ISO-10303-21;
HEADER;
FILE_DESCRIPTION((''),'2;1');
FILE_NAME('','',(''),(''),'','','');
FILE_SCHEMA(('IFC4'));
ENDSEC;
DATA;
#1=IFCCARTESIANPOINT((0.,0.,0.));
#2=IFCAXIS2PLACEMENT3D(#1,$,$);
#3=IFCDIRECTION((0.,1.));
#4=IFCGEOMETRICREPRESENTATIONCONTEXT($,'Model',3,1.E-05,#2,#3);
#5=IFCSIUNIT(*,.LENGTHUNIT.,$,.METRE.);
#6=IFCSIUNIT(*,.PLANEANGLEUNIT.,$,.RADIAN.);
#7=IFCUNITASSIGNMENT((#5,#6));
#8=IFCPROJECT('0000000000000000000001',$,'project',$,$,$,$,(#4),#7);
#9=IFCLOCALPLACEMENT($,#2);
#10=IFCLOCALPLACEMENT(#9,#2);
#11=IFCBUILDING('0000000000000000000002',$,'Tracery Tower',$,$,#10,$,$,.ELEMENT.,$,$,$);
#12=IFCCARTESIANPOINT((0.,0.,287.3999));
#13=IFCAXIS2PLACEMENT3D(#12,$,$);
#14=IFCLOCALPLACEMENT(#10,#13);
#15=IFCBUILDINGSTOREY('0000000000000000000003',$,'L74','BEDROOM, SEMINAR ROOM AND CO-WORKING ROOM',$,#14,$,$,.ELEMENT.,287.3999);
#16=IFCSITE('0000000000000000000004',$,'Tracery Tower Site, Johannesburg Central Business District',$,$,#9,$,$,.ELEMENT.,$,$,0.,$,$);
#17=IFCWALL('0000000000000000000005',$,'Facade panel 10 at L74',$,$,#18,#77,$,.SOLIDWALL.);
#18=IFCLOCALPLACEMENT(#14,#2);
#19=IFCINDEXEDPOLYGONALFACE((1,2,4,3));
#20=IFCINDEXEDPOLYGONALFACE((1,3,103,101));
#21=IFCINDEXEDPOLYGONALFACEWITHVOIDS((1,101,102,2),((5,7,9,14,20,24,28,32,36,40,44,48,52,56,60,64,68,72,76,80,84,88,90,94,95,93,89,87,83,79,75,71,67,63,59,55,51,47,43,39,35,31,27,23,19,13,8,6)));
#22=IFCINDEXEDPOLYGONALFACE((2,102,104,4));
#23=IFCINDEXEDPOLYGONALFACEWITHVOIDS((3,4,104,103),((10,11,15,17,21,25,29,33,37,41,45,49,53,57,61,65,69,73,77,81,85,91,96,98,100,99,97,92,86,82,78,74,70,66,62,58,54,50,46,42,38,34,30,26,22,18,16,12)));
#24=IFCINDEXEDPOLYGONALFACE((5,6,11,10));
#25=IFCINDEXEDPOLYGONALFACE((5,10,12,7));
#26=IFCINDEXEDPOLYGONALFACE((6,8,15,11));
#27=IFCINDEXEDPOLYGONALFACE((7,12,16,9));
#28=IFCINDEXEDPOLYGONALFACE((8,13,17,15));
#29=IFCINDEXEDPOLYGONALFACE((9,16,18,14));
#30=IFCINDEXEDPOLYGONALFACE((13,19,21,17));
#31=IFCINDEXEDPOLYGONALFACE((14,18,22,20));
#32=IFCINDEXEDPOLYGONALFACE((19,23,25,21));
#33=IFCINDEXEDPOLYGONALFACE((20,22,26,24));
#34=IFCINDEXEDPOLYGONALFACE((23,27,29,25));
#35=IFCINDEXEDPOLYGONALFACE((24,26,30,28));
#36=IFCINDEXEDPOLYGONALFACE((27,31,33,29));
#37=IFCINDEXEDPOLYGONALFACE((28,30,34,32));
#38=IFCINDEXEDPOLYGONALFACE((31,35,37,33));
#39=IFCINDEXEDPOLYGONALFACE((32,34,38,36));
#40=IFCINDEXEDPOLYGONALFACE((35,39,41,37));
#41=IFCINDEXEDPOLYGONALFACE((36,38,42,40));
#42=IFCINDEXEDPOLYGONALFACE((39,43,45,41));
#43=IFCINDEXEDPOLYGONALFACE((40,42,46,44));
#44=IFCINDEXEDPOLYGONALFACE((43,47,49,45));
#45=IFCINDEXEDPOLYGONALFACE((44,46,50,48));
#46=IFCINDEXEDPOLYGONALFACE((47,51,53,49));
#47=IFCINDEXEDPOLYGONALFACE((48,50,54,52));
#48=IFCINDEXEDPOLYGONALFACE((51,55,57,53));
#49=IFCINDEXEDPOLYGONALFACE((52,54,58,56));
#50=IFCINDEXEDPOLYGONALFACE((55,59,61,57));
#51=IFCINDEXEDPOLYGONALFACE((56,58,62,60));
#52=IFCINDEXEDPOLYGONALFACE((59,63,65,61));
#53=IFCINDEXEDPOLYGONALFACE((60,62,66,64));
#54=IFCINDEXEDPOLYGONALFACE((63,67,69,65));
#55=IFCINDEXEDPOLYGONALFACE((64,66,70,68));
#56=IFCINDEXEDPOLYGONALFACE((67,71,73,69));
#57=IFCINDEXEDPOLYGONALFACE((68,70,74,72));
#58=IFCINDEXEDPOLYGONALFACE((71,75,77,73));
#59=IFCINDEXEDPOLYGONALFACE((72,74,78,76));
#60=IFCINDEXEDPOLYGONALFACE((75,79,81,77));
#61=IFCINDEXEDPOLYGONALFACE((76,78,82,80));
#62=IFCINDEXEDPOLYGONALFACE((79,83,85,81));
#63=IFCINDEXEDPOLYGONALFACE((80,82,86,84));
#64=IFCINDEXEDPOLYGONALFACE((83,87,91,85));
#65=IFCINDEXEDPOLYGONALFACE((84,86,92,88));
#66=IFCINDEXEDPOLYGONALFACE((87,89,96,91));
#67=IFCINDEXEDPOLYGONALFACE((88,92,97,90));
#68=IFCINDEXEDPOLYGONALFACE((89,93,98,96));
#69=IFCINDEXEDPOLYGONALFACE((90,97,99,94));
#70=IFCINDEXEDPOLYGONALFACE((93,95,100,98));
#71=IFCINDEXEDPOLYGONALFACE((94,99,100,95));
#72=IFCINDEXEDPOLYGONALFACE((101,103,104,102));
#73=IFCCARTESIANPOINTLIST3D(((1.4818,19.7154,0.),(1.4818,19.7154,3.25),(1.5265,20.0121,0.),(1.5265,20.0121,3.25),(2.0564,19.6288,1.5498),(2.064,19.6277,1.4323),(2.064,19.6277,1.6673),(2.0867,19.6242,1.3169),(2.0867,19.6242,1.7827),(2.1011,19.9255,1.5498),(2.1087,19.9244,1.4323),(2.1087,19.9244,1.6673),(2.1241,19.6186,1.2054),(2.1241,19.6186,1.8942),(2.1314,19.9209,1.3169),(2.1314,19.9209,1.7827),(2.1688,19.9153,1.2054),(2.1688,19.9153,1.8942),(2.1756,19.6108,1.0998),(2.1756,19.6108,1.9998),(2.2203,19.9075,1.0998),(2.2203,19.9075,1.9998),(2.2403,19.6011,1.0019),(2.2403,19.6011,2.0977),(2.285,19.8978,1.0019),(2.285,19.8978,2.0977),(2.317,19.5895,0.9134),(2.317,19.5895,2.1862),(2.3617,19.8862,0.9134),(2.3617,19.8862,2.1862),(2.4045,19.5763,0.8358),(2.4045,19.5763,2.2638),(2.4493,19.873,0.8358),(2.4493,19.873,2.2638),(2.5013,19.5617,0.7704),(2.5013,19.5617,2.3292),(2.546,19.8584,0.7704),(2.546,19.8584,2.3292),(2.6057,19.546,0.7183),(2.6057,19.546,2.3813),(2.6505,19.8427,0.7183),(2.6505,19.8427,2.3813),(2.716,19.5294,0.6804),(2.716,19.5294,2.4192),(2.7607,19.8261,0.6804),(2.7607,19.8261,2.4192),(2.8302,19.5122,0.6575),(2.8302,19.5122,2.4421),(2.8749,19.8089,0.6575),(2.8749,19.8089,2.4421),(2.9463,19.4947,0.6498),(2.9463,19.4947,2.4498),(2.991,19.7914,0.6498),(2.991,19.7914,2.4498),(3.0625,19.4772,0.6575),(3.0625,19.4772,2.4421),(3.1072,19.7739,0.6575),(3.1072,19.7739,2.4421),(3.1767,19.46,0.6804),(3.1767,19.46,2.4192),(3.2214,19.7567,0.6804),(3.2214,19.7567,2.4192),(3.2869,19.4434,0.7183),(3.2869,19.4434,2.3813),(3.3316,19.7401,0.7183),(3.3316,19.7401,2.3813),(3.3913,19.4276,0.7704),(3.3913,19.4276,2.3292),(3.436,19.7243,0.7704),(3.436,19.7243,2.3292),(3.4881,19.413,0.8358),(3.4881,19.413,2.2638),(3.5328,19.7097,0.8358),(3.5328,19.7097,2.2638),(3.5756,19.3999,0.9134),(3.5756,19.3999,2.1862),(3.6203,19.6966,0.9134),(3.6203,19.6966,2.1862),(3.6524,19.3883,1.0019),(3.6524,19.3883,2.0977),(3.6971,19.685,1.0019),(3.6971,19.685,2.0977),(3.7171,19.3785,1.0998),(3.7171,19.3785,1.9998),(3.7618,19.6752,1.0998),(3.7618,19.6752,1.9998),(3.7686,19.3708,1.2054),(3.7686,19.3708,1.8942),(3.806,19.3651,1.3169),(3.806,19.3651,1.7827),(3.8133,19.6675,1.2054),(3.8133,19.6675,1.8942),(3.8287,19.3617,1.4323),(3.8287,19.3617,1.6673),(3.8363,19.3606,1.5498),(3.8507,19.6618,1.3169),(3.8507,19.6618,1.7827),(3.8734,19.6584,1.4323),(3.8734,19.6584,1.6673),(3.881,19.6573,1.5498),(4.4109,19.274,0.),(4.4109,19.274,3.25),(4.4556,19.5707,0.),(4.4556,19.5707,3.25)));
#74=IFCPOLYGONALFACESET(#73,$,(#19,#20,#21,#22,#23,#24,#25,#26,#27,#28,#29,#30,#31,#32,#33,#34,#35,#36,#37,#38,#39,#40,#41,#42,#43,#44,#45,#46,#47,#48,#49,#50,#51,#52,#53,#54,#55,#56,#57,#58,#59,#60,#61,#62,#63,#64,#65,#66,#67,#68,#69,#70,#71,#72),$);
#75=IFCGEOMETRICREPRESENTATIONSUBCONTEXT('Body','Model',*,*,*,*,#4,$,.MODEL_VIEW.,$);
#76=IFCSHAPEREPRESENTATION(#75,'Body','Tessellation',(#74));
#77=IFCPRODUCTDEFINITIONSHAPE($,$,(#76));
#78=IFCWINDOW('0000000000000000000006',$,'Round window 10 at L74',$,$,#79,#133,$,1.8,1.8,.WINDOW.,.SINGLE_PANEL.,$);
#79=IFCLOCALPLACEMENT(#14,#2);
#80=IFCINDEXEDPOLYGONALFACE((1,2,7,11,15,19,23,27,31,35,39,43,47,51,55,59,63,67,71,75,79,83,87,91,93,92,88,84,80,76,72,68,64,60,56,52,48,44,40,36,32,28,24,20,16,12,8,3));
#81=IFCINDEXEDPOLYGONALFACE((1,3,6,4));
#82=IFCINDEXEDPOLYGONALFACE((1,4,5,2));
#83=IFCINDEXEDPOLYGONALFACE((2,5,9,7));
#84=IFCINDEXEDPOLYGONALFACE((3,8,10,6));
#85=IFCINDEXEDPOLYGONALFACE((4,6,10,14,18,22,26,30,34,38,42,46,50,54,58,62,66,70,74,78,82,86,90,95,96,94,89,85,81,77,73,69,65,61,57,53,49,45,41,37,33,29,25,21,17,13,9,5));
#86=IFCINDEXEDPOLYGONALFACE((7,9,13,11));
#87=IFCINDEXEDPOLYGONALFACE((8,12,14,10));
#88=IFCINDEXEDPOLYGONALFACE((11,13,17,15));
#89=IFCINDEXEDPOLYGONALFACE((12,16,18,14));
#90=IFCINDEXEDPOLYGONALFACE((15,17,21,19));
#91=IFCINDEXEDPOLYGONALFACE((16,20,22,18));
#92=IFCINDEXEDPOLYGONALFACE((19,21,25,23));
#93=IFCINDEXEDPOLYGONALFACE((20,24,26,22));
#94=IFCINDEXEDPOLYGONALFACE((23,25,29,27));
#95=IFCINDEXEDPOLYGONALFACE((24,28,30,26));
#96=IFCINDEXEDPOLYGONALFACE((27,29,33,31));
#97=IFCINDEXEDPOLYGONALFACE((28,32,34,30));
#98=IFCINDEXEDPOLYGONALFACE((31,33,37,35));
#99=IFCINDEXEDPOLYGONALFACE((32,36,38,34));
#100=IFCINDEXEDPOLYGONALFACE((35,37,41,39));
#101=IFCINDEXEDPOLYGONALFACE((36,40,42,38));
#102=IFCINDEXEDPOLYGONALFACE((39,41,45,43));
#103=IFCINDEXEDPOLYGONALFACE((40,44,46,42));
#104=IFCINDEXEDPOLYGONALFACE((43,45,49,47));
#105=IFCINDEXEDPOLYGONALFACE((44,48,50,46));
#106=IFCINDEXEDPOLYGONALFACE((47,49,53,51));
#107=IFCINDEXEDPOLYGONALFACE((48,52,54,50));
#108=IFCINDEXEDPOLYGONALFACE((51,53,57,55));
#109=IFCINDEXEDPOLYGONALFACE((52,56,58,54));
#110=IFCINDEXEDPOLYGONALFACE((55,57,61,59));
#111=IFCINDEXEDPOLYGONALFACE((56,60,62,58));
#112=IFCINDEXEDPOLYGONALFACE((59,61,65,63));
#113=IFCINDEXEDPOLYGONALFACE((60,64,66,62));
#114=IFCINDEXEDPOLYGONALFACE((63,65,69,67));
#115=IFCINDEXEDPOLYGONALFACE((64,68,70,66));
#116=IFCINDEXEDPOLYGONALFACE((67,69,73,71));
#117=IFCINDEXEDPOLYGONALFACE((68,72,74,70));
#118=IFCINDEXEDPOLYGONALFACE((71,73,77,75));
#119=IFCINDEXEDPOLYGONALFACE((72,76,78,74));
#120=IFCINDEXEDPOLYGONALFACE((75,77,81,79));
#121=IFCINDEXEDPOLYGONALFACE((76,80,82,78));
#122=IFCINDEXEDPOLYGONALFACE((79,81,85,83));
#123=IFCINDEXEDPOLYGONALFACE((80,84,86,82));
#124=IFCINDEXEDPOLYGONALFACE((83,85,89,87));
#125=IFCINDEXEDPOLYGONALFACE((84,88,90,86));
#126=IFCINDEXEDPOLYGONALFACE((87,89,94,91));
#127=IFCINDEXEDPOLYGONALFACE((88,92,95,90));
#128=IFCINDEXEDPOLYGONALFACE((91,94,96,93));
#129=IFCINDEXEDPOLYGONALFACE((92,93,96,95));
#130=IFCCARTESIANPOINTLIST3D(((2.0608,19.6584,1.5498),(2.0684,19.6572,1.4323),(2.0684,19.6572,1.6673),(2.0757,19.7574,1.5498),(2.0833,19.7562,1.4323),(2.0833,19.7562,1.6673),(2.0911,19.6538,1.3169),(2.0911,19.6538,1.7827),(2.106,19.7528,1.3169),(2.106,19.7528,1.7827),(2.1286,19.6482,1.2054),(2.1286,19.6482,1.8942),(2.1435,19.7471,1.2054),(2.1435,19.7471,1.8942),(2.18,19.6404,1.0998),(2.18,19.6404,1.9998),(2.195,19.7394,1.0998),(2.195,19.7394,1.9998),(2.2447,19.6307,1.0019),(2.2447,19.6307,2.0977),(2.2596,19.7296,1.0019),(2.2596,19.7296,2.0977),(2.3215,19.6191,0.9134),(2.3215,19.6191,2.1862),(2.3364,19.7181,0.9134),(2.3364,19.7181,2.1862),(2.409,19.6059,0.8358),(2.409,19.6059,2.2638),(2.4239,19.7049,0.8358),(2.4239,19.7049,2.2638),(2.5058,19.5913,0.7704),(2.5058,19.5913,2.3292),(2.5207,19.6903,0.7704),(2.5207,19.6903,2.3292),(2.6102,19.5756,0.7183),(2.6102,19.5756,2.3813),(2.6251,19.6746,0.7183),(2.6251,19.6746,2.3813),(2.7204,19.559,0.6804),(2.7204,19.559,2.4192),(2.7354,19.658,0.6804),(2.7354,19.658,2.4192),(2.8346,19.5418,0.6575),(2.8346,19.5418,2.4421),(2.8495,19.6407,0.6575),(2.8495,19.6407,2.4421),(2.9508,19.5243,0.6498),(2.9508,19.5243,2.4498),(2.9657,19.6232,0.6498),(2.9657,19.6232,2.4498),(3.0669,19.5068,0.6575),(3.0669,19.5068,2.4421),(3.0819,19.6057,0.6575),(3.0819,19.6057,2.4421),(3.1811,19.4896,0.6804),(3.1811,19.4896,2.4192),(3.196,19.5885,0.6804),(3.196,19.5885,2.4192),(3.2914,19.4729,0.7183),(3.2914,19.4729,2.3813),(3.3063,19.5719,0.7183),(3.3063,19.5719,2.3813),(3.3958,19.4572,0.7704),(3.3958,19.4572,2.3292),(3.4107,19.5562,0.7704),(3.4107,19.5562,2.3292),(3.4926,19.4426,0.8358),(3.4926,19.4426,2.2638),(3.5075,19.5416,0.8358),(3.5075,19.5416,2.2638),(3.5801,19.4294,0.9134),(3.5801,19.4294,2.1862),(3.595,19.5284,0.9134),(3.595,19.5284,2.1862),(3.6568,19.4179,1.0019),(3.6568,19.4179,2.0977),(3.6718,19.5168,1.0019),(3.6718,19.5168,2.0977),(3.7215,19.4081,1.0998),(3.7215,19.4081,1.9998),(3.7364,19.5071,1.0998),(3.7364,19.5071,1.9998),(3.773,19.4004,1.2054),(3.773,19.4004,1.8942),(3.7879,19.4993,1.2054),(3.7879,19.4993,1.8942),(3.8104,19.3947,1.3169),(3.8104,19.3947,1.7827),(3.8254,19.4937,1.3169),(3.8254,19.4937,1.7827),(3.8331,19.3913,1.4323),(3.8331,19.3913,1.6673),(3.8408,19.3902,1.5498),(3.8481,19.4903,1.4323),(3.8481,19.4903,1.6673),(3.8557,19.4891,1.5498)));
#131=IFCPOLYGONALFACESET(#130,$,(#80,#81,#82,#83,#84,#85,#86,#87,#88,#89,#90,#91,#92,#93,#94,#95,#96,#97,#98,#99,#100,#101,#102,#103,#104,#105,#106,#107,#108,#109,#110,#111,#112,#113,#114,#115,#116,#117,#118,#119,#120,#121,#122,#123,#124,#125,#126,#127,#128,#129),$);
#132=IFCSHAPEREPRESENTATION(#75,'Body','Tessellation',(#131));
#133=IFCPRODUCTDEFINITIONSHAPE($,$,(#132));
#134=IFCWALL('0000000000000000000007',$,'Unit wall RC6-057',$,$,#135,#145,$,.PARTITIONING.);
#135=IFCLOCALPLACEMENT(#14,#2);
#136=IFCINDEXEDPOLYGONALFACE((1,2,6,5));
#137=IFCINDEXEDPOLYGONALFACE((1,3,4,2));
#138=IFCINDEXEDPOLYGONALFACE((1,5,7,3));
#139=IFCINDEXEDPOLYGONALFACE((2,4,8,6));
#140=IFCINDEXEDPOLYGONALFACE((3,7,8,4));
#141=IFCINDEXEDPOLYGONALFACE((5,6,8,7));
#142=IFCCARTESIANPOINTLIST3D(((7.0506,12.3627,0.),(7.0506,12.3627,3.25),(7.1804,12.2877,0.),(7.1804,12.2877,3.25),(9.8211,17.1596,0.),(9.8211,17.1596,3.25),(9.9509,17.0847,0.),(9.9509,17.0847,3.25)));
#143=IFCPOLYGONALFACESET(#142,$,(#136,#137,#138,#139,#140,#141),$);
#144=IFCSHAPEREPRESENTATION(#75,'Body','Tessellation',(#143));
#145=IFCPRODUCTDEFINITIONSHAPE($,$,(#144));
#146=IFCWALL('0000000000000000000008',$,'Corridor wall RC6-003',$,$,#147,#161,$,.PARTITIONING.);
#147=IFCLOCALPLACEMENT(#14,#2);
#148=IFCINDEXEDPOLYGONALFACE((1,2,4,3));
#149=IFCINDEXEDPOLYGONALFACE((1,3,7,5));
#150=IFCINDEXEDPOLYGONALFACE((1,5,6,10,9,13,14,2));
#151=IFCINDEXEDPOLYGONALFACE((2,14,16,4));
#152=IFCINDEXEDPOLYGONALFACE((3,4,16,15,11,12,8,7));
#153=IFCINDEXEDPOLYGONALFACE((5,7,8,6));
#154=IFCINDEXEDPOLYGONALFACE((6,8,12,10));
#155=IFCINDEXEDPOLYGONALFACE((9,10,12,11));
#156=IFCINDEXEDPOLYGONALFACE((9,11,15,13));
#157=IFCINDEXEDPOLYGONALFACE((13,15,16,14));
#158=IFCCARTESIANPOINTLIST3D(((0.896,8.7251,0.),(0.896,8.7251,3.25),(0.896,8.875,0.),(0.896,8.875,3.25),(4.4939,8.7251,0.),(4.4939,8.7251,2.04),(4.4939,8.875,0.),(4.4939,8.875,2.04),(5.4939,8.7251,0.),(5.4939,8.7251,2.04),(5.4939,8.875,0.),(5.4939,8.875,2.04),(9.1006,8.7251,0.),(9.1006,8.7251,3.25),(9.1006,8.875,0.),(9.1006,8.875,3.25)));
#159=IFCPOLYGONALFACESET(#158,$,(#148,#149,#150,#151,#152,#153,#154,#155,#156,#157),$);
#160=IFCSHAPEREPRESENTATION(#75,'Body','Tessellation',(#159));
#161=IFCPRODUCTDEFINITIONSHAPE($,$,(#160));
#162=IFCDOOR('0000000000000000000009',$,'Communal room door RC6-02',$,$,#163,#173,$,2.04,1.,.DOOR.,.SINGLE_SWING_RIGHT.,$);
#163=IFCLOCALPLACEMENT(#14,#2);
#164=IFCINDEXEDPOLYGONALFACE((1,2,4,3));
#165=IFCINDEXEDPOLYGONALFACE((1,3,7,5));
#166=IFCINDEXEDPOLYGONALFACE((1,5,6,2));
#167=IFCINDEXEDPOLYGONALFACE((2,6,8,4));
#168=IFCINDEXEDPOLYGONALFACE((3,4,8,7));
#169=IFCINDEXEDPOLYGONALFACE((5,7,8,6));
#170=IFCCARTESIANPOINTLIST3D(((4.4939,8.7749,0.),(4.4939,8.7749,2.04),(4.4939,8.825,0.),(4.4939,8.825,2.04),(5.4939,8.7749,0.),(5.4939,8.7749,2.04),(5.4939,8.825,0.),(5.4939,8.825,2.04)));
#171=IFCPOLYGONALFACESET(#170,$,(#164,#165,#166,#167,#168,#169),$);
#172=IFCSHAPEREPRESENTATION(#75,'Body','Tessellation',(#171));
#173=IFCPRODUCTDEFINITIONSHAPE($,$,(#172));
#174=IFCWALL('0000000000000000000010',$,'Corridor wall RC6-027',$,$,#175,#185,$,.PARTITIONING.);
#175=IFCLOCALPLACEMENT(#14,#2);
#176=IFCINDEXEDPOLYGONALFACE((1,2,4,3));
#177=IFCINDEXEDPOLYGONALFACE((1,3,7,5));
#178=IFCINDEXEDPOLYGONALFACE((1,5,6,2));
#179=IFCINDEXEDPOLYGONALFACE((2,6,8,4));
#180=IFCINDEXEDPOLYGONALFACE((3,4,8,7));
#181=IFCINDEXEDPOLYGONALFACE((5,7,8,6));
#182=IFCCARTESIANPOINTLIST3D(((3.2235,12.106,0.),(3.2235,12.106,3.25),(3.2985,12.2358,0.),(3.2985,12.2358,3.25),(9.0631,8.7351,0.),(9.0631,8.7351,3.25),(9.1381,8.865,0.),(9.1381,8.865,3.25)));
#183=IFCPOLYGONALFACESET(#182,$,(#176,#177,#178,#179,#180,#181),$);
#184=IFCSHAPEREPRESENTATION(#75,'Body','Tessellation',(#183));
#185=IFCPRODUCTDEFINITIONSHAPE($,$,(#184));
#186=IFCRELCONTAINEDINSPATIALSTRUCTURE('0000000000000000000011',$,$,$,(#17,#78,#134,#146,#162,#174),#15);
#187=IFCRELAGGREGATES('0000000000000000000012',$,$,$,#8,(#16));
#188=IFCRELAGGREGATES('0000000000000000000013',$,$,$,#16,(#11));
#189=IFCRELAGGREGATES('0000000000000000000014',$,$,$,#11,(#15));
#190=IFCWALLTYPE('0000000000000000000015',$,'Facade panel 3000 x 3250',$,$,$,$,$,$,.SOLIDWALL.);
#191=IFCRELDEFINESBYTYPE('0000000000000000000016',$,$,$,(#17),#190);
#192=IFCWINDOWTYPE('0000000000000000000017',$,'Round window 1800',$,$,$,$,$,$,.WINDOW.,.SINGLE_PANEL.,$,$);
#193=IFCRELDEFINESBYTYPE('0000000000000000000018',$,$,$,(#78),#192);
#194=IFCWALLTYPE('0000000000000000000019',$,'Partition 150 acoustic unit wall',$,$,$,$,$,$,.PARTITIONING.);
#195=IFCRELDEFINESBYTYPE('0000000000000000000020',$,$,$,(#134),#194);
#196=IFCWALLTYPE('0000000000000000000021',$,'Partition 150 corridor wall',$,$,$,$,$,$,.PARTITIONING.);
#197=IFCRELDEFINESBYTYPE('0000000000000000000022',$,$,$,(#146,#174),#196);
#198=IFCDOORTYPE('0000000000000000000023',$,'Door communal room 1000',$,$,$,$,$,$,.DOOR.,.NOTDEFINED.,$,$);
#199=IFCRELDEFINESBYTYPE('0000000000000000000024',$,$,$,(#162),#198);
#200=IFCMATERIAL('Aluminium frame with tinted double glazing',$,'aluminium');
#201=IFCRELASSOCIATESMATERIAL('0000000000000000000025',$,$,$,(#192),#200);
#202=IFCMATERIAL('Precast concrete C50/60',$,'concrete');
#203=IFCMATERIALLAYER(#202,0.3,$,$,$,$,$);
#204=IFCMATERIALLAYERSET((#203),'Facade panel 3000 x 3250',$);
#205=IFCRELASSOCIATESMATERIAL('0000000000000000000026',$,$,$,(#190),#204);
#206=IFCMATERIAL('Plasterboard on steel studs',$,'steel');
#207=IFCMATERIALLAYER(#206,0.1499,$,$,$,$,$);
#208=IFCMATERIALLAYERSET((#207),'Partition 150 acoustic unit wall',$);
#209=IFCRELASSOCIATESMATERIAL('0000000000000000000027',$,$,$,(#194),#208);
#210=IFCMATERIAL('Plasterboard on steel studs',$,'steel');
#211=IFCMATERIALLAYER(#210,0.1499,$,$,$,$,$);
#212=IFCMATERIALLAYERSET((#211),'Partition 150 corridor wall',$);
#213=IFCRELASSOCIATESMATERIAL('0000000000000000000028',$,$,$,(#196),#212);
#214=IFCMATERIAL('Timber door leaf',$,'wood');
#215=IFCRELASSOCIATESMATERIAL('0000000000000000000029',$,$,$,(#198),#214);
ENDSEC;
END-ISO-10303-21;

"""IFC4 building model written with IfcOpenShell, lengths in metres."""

from ifc_helpers import new_model, si_unit, direction, frame, frame_2d, origin, origin_2d, place, context, subcontext, project, spatial, rectangle, circle, extrude, material, layer, layer_set, type_object, element, fill, save


model = new_model("IFC4")

# Units and contexts
model_context = context("Model", 3, precision=1e-05, world=origin(), true_north=direction((0.0, 1.0)))
body_context = subcontext(model_context, "Body", "Model", "MODEL_VIEW")
ifc_project = project(units=[si_unit("LENGTHUNIT", "METRE"), si_unit("PLANEANGLEUNIT", "RADIAN")], contexts=[model_context])

# Site, building, storey
site_placement = place(None, origin())
site = spatial("IfcSite", under=ifc_project, at=site_placement, Name="Tracery Tower Site, Johannesburg Central Business District", CompositionType="ELEMENT", RefElevation=0.0)
building_placement = place(site_placement, origin())
building = spatial("IfcBuilding", under=site, at=building_placement, Name="Tracery Tower", CompositionType="ELEMENT")
storey_placement = place(building_placement, frame((0.0, 0.0, 287.3999)))
storey = spatial("IfcBuildingStorey", under=building, at=storey_placement, Name="L74", Description="BEDROOM, SEMINAR ROOM AND CO-WORKING ROOM", CompositionType="ELEMENT", Elevation=287.3999)

# Wall, opening, window
ifc_material_1 = material(Name="Aluminium frame with tinted double glazing", Category="aluminium")
window_type = type_object("IfcWindowType", Name="Round window 1800", PartitioningType="SINGLE_PANEL", PredefinedType="WINDOW", material=ifc_material_1)
ifc_material_2 = material(Name="Precast concrete C50/60", Category="concrete")
ifc_layer_1 = layer(ifc_material_2, 0.3)
ifc_layer_set_1 = layer_set([ifc_layer_1], Name="Facade panel 3000 x 3250")
wall_type_1 = type_object("IfcWallType", Name="Facade panel 3000 x 3250", PredefinedType="SOLIDWALL", material=ifc_layer_set_1)
wall_1_placement = place(storey_placement, frame((4.4331, 19.4224, 0.0), z_axis=(0.0, 0.0, 1.0), x_axis=(-0.988836, 0.149009, 0.0)))
wall_1 = element("IfcWall", 1, at=wall_1_placement, inside=storey, type_object=wall_type_1, Name="Facade panel 10 at L74", PredefinedType="SOLIDWALL", context=body_context, shape_type="SweptSolid", body=[
    extrude(rectangle(XDim=2.9622, YDim=0.3, at=frame_2d((1.481, 0.0))), origin(), (0.0, 0.0, 1.0), 3.25),
])
opening_1_placement = place(wall_1_placement, frame((1.481, 0.0, 1.5498)))
opening_1 = element("IfcOpeningElement", 2, at=opening_1_placement, cuts=wall_1, PredefinedType="OPENING", context=body_context, shape_type="SweptSolid", body=[
    extrude(circle(Radius=0.9, at=origin_2d()), frame((0.0, 0.1599, 0.0), z_axis=(0.0, -1.0, 0.0), x_axis=(1.0, 0.0, 0.0)), (0.0, 0.0, 1.0), 0.3201),
])
window_1_placement = place(opening_1_placement, origin())
window_1 = element("IfcWindow", 3, at=window_1_placement, inside=storey, type_object=window_type, Name="Round window 10 at L74", OverallHeight=1.8, OverallWidth=1.8, PartitioningType="SINGLE_PANEL", PredefinedType="WINDOW", context=body_context, shape_type="SweptSolid", body=[
    extrude(circle(Radius=0.9, at=origin_2d()), frame((0.0, 0.1201, 0.0), z_axis=(0.0, -1.0, 0.0), x_axis=(1.0, 0.0, 0.0)), (0.0, 0.0, 1.0), 0.1001),
])
fill(opening_1, window_1)

# Wall
ifc_material_3 = material(Name="Plasterboard on steel studs", Category="steel")
ifc_layer_2 = layer(ifc_material_3, 0.1499)
ifc_layer_set_2 = layer_set([ifc_layer_2], Name="Partition 150 acoustic unit wall")
wall_type_2 = type_object("IfcWallType", Name="Partition 150 acoustic unit wall", PredefinedType="PARTITIONING", material=ifc_layer_set_2)
wall_2_placement = place(storey_placement, frame((7.1155, 12.3252, 0.0), z_axis=(0.0, 0.0, 1.0), x_axis=(0.50014, 0.865945, 0.0)))
element("IfcWall", 4, at=wall_2_placement, inside=storey, type_object=wall_type_2, Name="Unit wall RC6-057", PredefinedType="PARTITIONING", context=body_context, shape_type="SweptSolid", body=[
    extrude(rectangle(XDim=5.5396, YDim=0.1499, at=frame_2d((2.7698, 0.0))), origin(), (0.0, 0.0, 1.0), 3.25),
])

# Wall, opening, door
ifc_material_4 = material(Name="Plasterboard on steel studs", Category="steel")
ifc_layer_3 = layer(ifc_material_4, 0.1499)
ifc_layer_set_3 = layer_set([ifc_layer_3], Name="Partition 150 corridor wall")
wall_type_3 = type_object("IfcWallType", Name="Partition 150 corridor wall", PredefinedType="PARTITIONING", material=ifc_layer_set_3)
wall_3_placement = place(storey_placement, frame((0.896, 8.8, 0.0), z_axis=(0.0, 0.0, 1.0), x_axis=(1.0, 0.0, 0.0)))
wall_3 = element("IfcWall", 5, at=wall_3_placement, inside=storey, type_object=wall_type_3, Name="Corridor wall RC6-003", PredefinedType="PARTITIONING", context=body_context, shape_type="SweptSolid", body=[
    extrude(rectangle(XDim=8.2046, YDim=0.1499, at=frame_2d((4.1023, 0.0))), origin(), (0.0, 0.0, 1.0), 3.25),
])
opening_2_placement = place(wall_3_placement, frame((3.5979, 0.0, 0.0)))
opening_2 = element("IfcOpeningElement", 6, at=opening_2_placement, cuts=wall_3, PredefinedType="OPENING", context=body_context, shape_type="SweptSolid", body=[
    extrude(rectangle(XDim=1.0, YDim=2.04, at=frame_2d((0.5, 1.02))), frame((0.0, 0.075, 0.0), z_axis=(0.0, -1.0, 0.0), x_axis=(1.0, 0.0, 0.0)), (0.0, 0.0, 1.0), 0.1499),
])
ifc_material_5 = material(Name="Timber door leaf", Category="wood")
door_type = type_object("IfcDoorType", Name="Door communal room 1000", OperationType="NOTDEFINED", PredefinedType="DOOR", material=ifc_material_5)
door_placement = place(opening_2_placement, origin())
door = element("IfcDoor", 7, at=door_placement, inside=storey, type_object=door_type, Name="Communal room door RC6-02", OperationType="SINGLE_SWING_RIGHT", OverallHeight=2.04, OverallWidth=1.0, PredefinedType="DOOR", context=body_context, shape_type="SweptSolid", body=[
    extrude(rectangle(XDim=1.0, YDim=2.04, at=frame_2d((0.5, 1.02))), frame((0.0, 0.0249, 0.0), z_axis=(0.0, -1.0, 0.0), x_axis=(1.0, 0.0, 0.0)), (0.0, 0.0, 1.0), 0.05),
])
fill(opening_2, door)

# Wall
wall_4_placement = place(storey_placement, frame((3.261, 12.1709, 0.0), z_axis=(0.0, 0.0, 1.0), x_axis=(0.866067, -0.499928, 0.0)))
element("IfcWall", 8, at=wall_4_placement, inside=storey, type_object=wall_type_3, Name="Corridor wall RC6-027", PredefinedType="PARTITIONING", context=body_context, shape_type="SweptSolid", body=[
    extrude(rectangle(XDim=6.7427, YDim=0.1499, at=frame_2d((3.3713, 0.0))), origin(), (0.0, 0.0, 1.0), 3.25),
])

save(model, "model.ifc")
